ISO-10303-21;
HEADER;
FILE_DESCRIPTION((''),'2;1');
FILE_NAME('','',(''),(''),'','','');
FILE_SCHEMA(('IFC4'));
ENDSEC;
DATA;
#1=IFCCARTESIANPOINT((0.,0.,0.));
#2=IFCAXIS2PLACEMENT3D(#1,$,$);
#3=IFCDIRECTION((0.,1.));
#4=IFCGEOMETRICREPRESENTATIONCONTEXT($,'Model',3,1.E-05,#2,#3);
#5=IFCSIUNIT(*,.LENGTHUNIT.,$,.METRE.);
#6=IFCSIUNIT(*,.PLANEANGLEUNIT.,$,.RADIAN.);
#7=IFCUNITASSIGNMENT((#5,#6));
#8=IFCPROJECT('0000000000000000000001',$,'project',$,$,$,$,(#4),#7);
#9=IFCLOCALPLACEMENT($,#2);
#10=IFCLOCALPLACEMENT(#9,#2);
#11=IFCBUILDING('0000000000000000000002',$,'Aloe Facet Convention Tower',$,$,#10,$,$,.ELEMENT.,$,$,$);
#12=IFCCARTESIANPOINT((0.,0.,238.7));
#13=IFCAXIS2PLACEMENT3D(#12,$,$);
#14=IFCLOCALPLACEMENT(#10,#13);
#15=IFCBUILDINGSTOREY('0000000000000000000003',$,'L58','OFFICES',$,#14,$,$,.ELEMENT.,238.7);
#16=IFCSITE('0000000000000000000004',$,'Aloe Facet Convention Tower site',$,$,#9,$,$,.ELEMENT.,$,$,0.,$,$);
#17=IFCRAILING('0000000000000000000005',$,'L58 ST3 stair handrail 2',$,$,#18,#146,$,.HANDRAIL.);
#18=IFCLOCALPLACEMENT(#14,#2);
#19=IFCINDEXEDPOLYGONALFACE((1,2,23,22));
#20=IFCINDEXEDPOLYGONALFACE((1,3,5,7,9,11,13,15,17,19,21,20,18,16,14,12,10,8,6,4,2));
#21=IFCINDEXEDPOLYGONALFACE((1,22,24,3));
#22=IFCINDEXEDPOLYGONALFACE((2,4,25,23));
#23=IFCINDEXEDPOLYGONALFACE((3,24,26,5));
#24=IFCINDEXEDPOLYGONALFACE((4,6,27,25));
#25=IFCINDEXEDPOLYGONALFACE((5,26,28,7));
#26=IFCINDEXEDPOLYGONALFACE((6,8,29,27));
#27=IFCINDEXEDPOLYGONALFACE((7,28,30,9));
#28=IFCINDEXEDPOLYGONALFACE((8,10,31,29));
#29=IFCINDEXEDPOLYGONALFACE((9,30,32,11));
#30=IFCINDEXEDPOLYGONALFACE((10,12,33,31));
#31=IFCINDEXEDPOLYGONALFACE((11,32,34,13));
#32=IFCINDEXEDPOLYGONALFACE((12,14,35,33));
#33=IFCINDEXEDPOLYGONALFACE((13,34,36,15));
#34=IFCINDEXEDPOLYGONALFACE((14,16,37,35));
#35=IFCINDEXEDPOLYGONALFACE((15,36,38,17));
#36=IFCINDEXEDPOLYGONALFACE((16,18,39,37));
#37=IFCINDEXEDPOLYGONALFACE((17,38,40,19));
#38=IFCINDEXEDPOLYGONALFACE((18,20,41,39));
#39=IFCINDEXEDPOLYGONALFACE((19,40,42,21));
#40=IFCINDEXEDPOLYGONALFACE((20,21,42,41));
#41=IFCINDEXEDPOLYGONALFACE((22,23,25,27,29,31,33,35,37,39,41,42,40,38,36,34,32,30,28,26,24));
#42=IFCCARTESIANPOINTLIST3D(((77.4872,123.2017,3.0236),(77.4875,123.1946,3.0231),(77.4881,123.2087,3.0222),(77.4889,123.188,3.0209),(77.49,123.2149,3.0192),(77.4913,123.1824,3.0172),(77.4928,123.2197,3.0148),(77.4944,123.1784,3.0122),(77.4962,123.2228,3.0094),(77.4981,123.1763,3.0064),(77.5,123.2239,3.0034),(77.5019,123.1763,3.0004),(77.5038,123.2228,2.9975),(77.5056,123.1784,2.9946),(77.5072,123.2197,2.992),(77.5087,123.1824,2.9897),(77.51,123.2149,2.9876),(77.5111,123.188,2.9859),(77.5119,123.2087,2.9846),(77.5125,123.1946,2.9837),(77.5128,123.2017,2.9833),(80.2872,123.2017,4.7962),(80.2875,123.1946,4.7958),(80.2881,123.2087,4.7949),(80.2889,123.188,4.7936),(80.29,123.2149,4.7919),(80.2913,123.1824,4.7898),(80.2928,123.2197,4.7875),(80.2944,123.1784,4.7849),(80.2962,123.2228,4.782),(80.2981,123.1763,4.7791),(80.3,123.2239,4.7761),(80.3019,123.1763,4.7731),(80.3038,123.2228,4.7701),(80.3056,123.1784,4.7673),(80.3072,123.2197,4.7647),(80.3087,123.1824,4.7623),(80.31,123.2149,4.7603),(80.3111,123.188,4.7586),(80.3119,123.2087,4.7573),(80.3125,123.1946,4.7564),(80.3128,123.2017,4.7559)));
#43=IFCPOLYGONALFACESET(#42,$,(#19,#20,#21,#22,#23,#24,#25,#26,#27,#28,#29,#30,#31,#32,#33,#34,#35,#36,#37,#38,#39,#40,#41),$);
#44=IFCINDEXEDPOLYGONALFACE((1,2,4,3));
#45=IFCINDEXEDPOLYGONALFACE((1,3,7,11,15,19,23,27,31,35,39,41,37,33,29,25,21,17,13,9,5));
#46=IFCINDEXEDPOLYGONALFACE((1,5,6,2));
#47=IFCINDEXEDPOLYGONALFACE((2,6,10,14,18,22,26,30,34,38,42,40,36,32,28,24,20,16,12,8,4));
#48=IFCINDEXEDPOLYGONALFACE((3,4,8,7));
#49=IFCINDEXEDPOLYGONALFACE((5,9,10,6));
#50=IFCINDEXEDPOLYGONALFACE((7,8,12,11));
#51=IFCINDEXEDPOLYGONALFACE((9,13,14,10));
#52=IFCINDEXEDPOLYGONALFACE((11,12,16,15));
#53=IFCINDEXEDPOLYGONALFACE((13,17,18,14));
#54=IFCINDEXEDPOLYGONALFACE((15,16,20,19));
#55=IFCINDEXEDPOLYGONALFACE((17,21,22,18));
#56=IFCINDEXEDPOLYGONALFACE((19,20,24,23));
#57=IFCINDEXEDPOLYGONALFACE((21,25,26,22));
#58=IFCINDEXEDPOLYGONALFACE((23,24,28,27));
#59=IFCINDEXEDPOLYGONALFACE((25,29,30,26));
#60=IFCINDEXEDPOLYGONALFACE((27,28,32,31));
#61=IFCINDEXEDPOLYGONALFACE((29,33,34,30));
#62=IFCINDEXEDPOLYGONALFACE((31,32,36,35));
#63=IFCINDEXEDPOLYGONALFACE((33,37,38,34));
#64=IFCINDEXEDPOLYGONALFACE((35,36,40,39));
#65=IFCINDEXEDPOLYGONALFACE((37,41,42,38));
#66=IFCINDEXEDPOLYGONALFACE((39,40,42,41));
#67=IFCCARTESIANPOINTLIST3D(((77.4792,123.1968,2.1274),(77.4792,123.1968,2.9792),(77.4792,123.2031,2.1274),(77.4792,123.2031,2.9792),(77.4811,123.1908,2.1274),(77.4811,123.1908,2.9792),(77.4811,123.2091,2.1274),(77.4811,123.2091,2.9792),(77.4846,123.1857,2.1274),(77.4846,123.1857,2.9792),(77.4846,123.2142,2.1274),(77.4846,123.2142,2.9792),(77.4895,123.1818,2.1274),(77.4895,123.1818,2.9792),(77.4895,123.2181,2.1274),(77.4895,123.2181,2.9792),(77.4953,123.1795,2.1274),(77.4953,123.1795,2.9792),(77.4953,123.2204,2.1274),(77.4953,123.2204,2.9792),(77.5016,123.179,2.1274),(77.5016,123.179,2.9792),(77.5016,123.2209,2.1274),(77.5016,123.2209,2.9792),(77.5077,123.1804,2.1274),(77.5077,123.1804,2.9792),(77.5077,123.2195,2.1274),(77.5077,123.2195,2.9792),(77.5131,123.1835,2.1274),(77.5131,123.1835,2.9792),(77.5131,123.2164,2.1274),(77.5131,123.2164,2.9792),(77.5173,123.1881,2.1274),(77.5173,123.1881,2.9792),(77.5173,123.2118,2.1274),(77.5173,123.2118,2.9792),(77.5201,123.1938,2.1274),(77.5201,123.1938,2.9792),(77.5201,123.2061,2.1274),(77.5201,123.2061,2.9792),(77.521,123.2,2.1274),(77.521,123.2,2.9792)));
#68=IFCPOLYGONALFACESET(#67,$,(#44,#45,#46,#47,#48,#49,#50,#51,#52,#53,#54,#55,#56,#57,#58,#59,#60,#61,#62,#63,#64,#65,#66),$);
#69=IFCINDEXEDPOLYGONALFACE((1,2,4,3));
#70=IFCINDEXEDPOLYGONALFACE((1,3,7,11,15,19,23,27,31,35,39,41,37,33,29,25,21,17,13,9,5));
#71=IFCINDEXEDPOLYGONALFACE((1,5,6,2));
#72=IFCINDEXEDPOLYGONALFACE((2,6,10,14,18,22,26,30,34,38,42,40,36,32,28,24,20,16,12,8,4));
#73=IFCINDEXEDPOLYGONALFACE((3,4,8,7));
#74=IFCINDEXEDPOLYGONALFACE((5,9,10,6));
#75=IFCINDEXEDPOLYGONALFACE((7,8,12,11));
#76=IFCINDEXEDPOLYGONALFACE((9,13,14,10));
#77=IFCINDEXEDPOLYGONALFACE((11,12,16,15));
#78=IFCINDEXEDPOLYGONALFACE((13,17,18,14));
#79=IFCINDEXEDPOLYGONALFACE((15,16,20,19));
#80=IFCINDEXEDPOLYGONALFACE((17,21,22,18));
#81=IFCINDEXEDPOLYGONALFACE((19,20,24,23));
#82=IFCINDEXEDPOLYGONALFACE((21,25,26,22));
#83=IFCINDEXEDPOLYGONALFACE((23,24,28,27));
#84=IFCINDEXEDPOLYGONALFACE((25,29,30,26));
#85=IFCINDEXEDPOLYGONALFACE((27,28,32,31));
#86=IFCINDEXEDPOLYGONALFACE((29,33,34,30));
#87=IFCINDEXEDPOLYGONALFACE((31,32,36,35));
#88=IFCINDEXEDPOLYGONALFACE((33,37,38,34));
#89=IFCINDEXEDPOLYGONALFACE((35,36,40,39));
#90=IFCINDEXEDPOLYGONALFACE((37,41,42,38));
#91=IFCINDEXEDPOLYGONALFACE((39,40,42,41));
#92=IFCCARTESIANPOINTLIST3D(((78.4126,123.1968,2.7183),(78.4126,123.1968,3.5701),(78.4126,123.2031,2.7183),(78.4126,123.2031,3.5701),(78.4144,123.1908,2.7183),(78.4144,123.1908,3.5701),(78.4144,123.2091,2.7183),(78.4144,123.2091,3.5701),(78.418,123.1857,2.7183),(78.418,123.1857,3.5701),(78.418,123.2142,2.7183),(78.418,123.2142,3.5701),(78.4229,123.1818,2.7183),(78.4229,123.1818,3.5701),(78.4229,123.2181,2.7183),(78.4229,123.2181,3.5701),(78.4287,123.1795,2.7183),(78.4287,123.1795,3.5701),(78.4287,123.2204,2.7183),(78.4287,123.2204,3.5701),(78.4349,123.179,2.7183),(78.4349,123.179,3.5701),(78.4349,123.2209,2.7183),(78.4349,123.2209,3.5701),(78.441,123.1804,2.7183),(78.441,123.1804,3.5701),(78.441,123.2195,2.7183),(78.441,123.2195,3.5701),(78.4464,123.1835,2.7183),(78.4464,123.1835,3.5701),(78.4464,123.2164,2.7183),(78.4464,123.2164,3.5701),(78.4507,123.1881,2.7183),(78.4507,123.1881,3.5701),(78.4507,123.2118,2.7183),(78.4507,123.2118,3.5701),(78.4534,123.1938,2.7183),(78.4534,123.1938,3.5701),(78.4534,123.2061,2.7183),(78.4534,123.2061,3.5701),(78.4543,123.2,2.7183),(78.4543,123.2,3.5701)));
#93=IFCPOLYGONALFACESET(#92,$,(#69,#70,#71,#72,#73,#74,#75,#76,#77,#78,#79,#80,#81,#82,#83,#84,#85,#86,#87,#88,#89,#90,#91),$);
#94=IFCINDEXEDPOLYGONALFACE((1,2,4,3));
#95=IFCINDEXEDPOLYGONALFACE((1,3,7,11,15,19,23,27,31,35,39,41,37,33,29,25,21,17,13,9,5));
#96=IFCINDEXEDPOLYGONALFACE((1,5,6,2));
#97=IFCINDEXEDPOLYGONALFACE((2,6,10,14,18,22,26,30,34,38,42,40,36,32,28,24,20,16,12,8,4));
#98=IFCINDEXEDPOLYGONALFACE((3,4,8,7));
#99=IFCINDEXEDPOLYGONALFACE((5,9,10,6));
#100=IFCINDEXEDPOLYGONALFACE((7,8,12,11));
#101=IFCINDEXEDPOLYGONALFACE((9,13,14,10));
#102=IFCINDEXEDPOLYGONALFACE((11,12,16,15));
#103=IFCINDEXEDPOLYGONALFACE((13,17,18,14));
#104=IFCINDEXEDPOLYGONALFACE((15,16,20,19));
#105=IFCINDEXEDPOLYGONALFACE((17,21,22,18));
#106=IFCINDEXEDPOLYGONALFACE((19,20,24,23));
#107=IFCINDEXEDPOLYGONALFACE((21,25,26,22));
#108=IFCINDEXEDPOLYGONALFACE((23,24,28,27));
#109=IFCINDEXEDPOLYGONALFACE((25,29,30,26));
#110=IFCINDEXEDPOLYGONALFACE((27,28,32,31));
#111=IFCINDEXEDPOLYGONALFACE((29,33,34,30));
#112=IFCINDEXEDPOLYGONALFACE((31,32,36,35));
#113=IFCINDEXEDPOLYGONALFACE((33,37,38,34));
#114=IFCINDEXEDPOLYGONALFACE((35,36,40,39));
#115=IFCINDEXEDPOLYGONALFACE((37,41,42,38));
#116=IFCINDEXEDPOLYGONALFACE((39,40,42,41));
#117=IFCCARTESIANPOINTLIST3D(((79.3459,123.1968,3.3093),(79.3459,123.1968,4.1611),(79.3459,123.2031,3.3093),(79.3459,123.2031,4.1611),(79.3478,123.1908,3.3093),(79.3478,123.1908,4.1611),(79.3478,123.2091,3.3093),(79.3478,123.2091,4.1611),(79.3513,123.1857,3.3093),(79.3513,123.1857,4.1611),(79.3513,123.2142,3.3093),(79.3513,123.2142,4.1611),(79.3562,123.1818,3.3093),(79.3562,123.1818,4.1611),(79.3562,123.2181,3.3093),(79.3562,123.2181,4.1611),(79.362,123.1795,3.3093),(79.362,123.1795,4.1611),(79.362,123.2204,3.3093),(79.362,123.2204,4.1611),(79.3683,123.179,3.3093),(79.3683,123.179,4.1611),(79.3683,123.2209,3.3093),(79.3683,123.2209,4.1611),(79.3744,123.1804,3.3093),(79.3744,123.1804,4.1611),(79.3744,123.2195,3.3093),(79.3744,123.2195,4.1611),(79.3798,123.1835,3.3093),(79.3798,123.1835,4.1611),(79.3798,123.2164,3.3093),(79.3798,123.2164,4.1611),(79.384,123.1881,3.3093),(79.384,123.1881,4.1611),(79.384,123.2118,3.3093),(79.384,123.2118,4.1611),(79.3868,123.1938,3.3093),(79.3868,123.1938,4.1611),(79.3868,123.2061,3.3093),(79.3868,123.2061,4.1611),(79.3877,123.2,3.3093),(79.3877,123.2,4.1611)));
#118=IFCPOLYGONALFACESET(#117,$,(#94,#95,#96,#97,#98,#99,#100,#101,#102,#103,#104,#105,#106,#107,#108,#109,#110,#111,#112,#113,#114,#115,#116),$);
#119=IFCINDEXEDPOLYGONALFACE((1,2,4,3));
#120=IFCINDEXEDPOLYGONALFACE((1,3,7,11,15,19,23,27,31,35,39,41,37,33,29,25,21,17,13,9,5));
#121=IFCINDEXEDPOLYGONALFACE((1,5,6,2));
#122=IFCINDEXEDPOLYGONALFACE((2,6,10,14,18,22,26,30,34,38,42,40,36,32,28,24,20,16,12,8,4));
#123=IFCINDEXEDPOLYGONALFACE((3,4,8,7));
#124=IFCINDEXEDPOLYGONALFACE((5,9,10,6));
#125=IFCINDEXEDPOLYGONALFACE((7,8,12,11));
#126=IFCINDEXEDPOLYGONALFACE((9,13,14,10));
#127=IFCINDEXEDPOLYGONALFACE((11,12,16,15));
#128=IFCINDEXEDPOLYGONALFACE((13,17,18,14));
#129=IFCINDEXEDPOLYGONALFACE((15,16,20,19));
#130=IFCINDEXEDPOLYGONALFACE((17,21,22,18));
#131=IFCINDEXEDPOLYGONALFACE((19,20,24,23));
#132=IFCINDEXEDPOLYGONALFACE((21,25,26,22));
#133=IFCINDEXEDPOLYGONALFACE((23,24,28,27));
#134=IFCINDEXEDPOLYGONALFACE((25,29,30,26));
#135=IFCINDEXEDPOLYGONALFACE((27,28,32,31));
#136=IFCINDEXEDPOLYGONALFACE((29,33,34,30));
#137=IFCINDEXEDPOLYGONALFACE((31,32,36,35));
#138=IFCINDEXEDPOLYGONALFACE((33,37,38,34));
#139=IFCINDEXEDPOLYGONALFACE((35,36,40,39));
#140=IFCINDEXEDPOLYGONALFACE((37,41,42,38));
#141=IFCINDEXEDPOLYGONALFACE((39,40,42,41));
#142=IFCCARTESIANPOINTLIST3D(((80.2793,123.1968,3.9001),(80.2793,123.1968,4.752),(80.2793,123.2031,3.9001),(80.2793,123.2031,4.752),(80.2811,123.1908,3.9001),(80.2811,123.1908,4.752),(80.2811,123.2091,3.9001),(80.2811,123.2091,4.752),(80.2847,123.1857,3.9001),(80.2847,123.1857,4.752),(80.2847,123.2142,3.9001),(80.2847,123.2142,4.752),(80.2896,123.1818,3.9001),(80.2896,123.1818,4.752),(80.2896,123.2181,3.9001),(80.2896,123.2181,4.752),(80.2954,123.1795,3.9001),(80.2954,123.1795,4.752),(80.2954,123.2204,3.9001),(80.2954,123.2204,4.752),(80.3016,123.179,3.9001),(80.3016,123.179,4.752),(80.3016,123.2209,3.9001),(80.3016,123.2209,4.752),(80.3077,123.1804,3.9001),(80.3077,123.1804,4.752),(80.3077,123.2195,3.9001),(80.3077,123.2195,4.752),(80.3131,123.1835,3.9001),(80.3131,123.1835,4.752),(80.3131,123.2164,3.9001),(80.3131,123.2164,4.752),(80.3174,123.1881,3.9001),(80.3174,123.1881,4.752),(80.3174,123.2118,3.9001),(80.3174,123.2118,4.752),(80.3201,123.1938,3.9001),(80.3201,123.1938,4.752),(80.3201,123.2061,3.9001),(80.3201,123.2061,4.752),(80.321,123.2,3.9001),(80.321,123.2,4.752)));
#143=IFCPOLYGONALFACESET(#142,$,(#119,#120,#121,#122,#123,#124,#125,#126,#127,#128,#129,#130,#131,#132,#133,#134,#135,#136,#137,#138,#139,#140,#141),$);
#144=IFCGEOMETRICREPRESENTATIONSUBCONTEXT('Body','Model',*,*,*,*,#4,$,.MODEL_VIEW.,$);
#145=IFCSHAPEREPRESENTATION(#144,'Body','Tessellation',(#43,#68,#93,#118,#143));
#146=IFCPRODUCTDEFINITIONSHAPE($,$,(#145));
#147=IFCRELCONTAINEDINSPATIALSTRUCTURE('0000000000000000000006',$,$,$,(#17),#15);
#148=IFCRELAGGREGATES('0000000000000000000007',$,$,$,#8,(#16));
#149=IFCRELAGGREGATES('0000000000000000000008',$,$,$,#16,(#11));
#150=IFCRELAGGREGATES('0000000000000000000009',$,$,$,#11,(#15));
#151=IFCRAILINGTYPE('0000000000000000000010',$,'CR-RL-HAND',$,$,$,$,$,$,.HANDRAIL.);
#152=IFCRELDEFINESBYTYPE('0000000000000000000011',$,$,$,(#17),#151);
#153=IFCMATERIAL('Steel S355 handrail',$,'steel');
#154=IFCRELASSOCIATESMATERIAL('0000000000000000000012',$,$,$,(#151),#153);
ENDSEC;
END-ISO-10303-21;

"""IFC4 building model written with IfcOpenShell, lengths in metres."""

from ifc_helpers import new_model, si_unit, direction, frame, origin, origin_2d, place, context, subcontext, project, spatial, circle, extrude, material, type_object, element, save


model = new_model("IFC4")

# Units and contexts
model_context = context("Model", 3, precision=1e-05, world=origin(), true_north=direction((0.0, 1.0)))
body_context = subcontext(model_context, "Body", "Model", "MODEL_VIEW")
ifc_project = project(units=[si_unit("LENGTHUNIT", "METRE"), si_unit("PLANEANGLEUNIT", "RADIAN")], contexts=[model_context])

# Site, building, storey
site_placement = place(None, origin())
site = spatial("IfcSite", under=ifc_project, at=site_placement, Name="Aloe Facet Convention Tower site", CompositionType="ELEMENT", RefElevation=0.0)
building_placement = place(site_placement, origin())
building = spatial("IfcBuilding", under=site, at=building_placement, Name="Aloe Facet Convention Tower", CompositionType="ELEMENT")
storey_placement = place(building_placement, frame((0.0, 0.0, 238.7)))
storey = spatial("IfcBuildingStorey", under=building, at=storey_placement, Name="L58", Description="OFFICES", CompositionType="ELEMENT", Elevation=238.7)

# Railing
ifc_material_1 = material(Name="Steel S355 handrail", Category="steel")
railing_type = type_object("IfcRailingType", Name="CR-RL-HAND", PredefinedType="HANDRAIL", material=ifc_material_1)
railing_placement = place(storey_placement, frame((77.5, 123.2, 2.1274)))
element("IfcRailing", 1, at=railing_placement, inside=storey, type_object=railing_type, Name="L58 ST3 stair handrail 2", PredefinedType="HANDRAIL", context=body_context, shape_type="SweptSolid", body=[
    extrude(circle(Radius=0.0239, at=origin_2d()), frame((0.0, 0.0, 0.876), z_axis=(0.844909, 0.0, 0.53491), x_axis=(0.0, 1.0, 0.0)), (0.0, 0.0, 1.0), 3.314),
    extrude(circle(Radius=0.021, at=origin_2d()), origin(), (0.0, 0.0, 1.0), 0.8518),
    extrude(circle(Radius=0.021, at=origin_2d()), frame((0.9333, 0.0, 0.5908)), (0.0, 0.0, 1.0), 0.8518),
    extrude(circle(Radius=0.021, at=origin_2d()), frame((1.8667, 0.0, 1.1819)), (0.0, 0.0, 1.0), 0.8518),
    extrude(circle(Radius=0.021, at=origin_2d()), frame((2.8, 0.0, 1.7727)), (0.0, 0.0, 1.0), 0.8518),
])

save(model, "model.ifc")
